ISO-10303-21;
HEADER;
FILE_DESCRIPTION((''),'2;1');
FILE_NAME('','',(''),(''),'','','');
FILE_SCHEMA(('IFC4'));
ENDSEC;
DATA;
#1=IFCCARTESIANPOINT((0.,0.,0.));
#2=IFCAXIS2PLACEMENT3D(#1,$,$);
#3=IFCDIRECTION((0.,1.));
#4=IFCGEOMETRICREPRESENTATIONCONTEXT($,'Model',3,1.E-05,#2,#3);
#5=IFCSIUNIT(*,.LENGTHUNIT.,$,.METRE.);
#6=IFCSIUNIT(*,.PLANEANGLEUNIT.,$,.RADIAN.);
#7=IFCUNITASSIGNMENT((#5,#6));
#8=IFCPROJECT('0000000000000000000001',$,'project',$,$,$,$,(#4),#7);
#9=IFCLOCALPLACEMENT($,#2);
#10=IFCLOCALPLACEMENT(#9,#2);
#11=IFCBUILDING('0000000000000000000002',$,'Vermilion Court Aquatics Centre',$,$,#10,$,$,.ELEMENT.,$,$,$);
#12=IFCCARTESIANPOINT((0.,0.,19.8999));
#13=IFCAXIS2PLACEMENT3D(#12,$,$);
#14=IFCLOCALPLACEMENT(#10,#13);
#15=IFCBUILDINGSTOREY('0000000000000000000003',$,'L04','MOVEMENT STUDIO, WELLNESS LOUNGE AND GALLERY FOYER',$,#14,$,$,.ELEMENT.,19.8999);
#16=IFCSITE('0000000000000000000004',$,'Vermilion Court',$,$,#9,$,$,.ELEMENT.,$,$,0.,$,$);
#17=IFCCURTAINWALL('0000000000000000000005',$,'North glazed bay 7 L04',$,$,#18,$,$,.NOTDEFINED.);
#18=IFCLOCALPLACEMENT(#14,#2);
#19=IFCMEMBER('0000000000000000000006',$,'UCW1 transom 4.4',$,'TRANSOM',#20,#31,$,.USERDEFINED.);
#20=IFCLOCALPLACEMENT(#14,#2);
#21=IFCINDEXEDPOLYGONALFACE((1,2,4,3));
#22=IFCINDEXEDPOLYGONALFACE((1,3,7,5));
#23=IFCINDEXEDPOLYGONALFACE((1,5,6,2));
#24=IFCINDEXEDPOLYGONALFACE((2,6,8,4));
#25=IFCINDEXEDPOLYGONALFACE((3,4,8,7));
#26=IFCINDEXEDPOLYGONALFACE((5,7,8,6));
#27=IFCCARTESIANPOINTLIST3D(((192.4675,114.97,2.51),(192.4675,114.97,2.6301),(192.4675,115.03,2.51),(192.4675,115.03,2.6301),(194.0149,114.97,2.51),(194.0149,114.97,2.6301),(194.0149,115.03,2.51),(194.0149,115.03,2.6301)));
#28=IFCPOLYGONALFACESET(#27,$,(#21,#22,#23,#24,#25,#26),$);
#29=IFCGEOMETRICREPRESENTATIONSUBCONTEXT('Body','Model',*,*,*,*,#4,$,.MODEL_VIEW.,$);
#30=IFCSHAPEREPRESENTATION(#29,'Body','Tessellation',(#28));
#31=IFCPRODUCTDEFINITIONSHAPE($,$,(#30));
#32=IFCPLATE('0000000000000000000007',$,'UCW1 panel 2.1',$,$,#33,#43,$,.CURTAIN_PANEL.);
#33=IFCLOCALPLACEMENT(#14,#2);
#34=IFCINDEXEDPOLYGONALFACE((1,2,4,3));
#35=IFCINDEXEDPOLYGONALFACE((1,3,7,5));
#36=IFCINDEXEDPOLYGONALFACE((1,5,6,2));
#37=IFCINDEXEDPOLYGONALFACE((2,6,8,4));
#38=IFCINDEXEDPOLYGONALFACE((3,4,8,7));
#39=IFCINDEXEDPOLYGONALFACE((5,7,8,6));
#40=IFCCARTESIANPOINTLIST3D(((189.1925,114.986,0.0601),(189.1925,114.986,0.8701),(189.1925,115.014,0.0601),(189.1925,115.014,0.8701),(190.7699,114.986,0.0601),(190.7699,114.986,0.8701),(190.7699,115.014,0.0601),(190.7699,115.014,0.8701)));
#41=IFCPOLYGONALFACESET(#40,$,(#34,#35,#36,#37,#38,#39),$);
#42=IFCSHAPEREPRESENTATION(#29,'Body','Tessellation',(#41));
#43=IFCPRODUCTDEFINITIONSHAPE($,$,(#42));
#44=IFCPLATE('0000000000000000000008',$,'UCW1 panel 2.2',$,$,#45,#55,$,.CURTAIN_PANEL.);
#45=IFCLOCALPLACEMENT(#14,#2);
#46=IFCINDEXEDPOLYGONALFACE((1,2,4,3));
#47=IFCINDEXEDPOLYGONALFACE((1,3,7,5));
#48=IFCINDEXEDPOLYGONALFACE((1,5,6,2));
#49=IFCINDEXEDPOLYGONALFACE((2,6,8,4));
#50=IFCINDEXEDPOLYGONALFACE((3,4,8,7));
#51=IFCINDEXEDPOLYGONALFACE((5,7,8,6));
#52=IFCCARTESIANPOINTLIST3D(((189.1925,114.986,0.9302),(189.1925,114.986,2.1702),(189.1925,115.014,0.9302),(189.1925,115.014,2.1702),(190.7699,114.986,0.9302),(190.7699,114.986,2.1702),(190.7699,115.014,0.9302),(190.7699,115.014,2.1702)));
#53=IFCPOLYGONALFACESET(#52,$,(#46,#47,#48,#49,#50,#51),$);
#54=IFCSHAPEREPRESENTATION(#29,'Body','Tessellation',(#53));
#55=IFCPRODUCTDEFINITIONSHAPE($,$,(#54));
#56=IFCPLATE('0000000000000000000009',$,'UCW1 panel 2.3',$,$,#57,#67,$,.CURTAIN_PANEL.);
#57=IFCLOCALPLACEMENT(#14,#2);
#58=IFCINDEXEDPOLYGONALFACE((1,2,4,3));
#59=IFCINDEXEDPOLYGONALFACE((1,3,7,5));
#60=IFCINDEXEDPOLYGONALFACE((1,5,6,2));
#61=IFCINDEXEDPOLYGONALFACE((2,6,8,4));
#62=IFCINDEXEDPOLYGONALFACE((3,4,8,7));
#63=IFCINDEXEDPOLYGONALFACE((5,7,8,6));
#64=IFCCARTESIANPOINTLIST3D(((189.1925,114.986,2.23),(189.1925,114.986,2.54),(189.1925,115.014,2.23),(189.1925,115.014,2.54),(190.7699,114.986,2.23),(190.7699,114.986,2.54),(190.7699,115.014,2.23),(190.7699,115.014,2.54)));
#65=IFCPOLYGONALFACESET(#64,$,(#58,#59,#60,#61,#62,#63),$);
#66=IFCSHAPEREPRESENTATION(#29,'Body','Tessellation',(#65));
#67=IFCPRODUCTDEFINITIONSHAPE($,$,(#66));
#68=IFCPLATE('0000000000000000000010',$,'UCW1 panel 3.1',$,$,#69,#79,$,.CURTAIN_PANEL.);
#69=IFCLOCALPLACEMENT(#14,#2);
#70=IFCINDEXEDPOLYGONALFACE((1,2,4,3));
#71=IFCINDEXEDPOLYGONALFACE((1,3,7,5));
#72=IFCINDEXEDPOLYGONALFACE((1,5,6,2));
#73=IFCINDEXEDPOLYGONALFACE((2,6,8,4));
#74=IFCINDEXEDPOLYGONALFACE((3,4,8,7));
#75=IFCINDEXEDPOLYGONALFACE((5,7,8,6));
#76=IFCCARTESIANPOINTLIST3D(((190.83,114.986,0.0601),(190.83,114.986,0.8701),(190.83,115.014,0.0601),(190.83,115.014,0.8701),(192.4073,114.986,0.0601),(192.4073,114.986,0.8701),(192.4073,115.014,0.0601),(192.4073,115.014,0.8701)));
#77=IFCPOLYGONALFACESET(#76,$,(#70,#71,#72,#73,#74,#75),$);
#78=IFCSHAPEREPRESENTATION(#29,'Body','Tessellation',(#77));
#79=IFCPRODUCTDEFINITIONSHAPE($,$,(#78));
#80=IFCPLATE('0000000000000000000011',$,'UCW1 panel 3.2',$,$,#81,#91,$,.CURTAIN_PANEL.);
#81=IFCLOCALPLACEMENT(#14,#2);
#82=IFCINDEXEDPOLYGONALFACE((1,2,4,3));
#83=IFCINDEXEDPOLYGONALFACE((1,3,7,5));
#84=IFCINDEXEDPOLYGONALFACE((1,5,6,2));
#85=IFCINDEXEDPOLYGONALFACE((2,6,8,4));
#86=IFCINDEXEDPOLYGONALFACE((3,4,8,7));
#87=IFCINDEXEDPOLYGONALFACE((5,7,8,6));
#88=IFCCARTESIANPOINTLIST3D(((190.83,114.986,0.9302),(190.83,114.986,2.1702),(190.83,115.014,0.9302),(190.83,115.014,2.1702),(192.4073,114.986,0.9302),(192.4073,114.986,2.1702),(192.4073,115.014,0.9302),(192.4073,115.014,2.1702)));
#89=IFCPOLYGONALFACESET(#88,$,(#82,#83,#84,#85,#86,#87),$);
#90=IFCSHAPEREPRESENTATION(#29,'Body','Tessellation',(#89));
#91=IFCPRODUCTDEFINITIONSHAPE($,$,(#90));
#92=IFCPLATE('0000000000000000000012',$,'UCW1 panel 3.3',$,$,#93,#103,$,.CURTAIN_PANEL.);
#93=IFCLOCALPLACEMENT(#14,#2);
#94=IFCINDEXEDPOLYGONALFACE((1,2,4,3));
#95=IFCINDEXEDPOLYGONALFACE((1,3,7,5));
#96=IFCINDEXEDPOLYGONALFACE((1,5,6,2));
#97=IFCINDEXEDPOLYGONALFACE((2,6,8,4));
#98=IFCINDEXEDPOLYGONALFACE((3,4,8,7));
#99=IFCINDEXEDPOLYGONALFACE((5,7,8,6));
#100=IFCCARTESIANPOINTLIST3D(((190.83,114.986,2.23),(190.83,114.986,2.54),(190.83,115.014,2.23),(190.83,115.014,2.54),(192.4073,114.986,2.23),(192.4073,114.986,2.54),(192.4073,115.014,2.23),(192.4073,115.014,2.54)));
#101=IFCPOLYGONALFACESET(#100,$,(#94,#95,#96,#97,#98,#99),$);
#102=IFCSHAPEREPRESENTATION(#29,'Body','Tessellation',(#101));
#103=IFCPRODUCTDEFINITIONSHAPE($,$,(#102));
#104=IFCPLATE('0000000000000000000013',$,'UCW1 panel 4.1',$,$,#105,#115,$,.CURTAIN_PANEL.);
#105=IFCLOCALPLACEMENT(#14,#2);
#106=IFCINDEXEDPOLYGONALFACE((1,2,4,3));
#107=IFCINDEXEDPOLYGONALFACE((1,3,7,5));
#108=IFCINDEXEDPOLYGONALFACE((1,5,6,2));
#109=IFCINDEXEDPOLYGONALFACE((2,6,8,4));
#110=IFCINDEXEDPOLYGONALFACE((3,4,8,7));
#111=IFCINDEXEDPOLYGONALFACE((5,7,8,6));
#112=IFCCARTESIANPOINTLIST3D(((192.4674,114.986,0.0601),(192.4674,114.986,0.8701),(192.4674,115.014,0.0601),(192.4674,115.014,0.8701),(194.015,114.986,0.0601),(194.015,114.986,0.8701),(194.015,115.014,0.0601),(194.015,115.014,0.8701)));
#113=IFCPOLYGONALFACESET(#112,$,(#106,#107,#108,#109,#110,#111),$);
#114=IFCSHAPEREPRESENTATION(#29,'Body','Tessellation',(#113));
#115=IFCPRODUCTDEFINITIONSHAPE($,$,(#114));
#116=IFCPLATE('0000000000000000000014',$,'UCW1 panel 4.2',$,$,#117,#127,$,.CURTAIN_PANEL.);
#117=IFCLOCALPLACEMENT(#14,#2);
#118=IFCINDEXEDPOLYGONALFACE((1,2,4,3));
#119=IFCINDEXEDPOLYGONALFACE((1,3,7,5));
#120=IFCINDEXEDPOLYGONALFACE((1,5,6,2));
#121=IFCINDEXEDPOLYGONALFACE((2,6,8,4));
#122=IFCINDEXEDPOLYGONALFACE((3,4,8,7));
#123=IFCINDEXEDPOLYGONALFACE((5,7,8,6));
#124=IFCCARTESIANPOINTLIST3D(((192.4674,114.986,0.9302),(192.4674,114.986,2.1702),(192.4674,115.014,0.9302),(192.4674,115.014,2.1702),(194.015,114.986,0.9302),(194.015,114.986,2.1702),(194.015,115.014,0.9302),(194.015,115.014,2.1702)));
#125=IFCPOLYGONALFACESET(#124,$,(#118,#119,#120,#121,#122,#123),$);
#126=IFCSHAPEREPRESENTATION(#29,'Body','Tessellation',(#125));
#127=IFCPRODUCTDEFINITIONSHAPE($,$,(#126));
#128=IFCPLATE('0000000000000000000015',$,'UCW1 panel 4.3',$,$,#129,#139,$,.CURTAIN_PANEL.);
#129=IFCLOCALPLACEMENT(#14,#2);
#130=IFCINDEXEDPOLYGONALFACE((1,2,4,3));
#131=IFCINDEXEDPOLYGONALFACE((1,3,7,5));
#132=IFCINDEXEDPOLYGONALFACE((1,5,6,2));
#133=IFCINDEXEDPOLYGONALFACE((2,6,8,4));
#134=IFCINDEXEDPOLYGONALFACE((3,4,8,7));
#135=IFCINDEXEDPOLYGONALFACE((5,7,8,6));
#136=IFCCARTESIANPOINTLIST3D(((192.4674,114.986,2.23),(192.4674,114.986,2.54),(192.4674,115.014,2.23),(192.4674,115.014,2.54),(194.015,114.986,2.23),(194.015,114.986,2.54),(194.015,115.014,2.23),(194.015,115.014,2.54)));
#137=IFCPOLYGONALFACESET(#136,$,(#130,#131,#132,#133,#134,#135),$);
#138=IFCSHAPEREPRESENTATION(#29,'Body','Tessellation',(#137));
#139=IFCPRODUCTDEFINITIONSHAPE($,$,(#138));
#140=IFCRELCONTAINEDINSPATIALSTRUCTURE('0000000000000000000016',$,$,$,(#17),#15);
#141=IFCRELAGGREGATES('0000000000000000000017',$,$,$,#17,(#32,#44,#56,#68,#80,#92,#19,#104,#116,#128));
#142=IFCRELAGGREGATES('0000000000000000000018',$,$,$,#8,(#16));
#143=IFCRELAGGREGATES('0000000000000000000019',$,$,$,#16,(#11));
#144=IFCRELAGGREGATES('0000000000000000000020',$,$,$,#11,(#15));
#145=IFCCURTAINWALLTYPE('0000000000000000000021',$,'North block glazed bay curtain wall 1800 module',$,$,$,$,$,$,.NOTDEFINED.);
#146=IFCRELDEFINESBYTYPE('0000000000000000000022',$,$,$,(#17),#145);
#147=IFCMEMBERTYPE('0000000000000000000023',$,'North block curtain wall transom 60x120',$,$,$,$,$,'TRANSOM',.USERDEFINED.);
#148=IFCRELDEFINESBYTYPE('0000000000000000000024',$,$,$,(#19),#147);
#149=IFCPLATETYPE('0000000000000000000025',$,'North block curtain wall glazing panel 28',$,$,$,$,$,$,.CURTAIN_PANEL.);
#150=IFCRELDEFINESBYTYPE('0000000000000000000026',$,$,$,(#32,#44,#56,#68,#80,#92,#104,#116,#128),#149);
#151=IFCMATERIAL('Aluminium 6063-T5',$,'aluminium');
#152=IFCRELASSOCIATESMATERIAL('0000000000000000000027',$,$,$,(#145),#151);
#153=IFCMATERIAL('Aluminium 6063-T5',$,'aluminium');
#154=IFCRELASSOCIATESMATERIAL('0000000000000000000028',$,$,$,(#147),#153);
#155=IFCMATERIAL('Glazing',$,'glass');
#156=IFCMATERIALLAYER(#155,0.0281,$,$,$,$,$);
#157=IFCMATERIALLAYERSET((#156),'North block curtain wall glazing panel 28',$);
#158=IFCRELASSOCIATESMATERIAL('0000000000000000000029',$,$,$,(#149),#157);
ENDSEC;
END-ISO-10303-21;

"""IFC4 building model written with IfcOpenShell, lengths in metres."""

from ifc_helpers import new_model, si_unit, direction, frame, origin, origin_2d, place, context, subcontext, project, spatial, rectangle, extrude, material, layer, layer_set, material_profile, profile_set, type_object, element, aggregate, save


model = new_model("IFC4")

# Units and contexts
model_context = context("Model", 3, precision=1e-05, world=origin(), true_north=direction((0.0, 1.0)))
body_context = subcontext(model_context, "Body", "Model", "MODEL_VIEW")
ifc_project = project(units=[si_unit("LENGTHUNIT", "METRE"), si_unit("PLANEANGLEUNIT", "RADIAN")], contexts=[model_context])

# Site, building, storey
site_placement = place(None, origin())
site = spatial("IfcSite", under=ifc_project, at=site_placement, Name="Vermilion Court", CompositionType="ELEMENT", RefElevation=0.0)
building_placement = place(site_placement, origin())
building = spatial("IfcBuilding", under=site, at=building_placement, Name="Vermilion Court Aquatics Centre", CompositionType="ELEMENT")
storey_placement = place(building_placement, frame((0.0, 0.0, 19.8999)))
storey = spatial("IfcBuildingStorey", under=building, at=storey_placement, Name="L04", Description="MOVEMENT STUDIO, WELLNESS LOUNGE AND GALLERY FOYER", CompositionType="ELEMENT", Elevation=19.8999)

# Curtain wall, member, plates
ifc_material_1 = material(Name="Aluminium 6063-T5", Category="aluminium")
curtain_wall_type = type_object("IfcCurtainWallType", Name="North block glazed bay curtain wall 1800 module", PredefinedType="NOTDEFINED", material=ifc_material_1)
curtain_wall_placement = place(storey_placement, origin())
curtain_wall = element("IfcCurtainWall", 1, at=curtain_wall_placement, inside=storey, type_object=curtain_wall_type, Name="North glazed bay 7 L04", PredefinedType="NOTDEFINED")
ifc_material_2 = material(Name="Aluminium 6063-T5", Category="aluminium")
ifc_material_profile_1 = material_profile(ifc_material_2, rectangle(XDim=0.0601, YDim=0.1201, at=origin_2d()), Name="AL 60x120")
ifc_profile_set_1 = profile_set([ifc_material_profile_1], Name="Aluminium 6063-T5")
member_type_1 = type_object("IfcMemberType", Name="North block curtain wall transom 60x120", ElementType="TRANSOM", PredefinedType="USERDEFINED", material=ifc_profile_set_1)
member_1_placement = place(storey_placement, frame((192.4675, 115.0, 2.5701), z_axis=(1.0, 0.0, 0.0), x_axis=(0.0, 1.0, 0.0)))
member_1 = element("IfcMember", 2, at=member_1_placement, type_object=member_type_1, Name="UCW1 transom 4.4", ObjectType="TRANSOM", PredefinedType="USERDEFINED", context=body_context, shape_type="SweptSolid", body=[
    extrude(rectangle(XDim=0.0601, YDim=0.1201, at=origin_2d()), origin(), (0.0, 0.0, 1.0), 1.5474),
])
ifc_material_3 = material(Name="Glazing", Category="glass")
ifc_layer = layer(ifc_material_3, 0.0281)
ifc_layer_set = layer_set([ifc_layer], Name="North block curtain wall glazing panel 28")
plate_type = type_object("IfcPlateType", Name="North block curtain wall glazing panel 28", PredefinedType="CURTAIN_PANEL", material=ifc_layer_set)
plate_1_placement = place(storey_placement, frame((189.9812, 115.0, 0.0601), z_axis=(0.0, 0.0, 1.0), x_axis=(1.0, 0.0, 0.0)))
plate_1 = element("IfcPlate", 3, at=plate_1_placement, type_object=plate_type, Name="UCW1 panel 2.1", PredefinedType="CURTAIN_PANEL", context=body_context, shape_type="SweptSolid", body=[
    extrude(rectangle(XDim=1.5774, YDim=0.0281, at=origin_2d()), origin(), (0.0, 0.0, 1.0), 0.8101),
])
plate_2_placement = place(storey_placement, frame((189.9812, 115.0, 0.9302), z_axis=(0.0, 0.0, 1.0), x_axis=(1.0, 0.0, 0.0)))
plate_2 = element("IfcPlate", 4, at=plate_2_placement, type_object=plate_type, Name="UCW1 panel 2.2", PredefinedType="CURTAIN_PANEL", context=body_context, shape_type="SweptSolid", body=[
    extrude(rectangle(XDim=1.5774, YDim=0.0281, at=origin_2d()), origin(), (0.0, 0.0, 1.0), 1.24),
])
plate_3_placement = place(storey_placement, frame((189.9812, 115.0, 2.23), z_axis=(0.0, 0.0, 1.0), x_axis=(1.0, 0.0, 0.0)))
plate_3 = element("IfcPlate", 5, at=plate_3_placement, type_object=plate_type, Name="UCW1 panel 2.3", PredefinedType="CURTAIN_PANEL", context=body_context, shape_type="SweptSolid", body=[
    extrude(rectangle(XDim=1.5774, YDim=0.0281, at=origin_2d()), origin(), (0.0, 0.0, 1.0), 0.3101),
])
plate_4_placement = place(storey_placement, frame((191.6187, 115.0, 0.0601), z_axis=(0.0, 0.0, 1.0), x_axis=(1.0, 0.0, 0.0)))
plate_4 = element("IfcPlate", 6, at=plate_4_placement, type_object=plate_type, Name="UCW1 panel 3.1", PredefinedType="CURTAIN_PANEL", context=body_context, shape_type="SweptSolid", body=[
    extrude(rectangle(XDim=1.5774, YDim=0.0281, at=origin_2d()), origin(), (0.0, 0.0, 1.0), 0.8101),
])
plate_5_placement = place(storey_placement, frame((191.6187, 115.0, 0.9302), z_axis=(0.0, 0.0, 1.0), x_axis=(1.0, 0.0, 0.0)))
plate_5 = element("IfcPlate", 7, at=plate_5_placement, type_object=plate_type, Name="UCW1 panel 3.2", PredefinedType="CURTAIN_PANEL", context=body_context, shape_type="SweptSolid", body=[
    extrude(rectangle(XDim=1.5774, YDim=0.0281, at=origin_2d()), origin(), (0.0, 0.0, 1.0), 1.24),
])
plate_6_placement = place(storey_placement, frame((191.6187, 115.0, 2.23), z_axis=(0.0, 0.0, 1.0), x_axis=(1.0, 0.0, 0.0)))
plate_6 = element("IfcPlate", 8, at=plate_6_placement, type_object=plate_type, Name="UCW1 panel 3.3", PredefinedType="CURTAIN_PANEL", context=body_context, shape_type="SweptSolid", body=[
    extrude(rectangle(XDim=1.5774, YDim=0.0281, at=origin_2d()), origin(), (0.0, 0.0, 1.0), 0.3101),
])
plate_7_placement = place(storey_placement, frame((193.2412, 115.0, 0.0601), z_axis=(0.0, 0.0, 1.0), x_axis=(1.0, 0.0, 0.0)))
plate_7 = element("IfcPlate", 9, at=plate_7_placement, type_object=plate_type, Name="UCW1 panel 4.1", PredefinedType="CURTAIN_PANEL", context=body_context, shape_type="SweptSolid", body=[
    extrude(rectangle(XDim=1.5476, YDim=0.0281, at=origin_2d()), origin(), (0.0, 0.0, 1.0), 0.8101),
])
plate_8_placement = place(storey_placement, frame((193.2412, 115.0, 0.9302), z_axis=(0.0, 0.0, 1.0), x_axis=(1.0, 0.0, 0.0)))
plate_8 = element("IfcPlate", 10, at=plate_8_placement, type_object=plate_type, Name="UCW1 panel 4.2", PredefinedType="CURTAIN_PANEL", context=body_context, shape_type="SweptSolid", body=[
    extrude(rectangle(XDim=1.5476, YDim=0.0281, at=origin_2d()), origin(), (0.0, 0.0, 1.0), 1.24),
])
plate_9_placement = place(storey_placement, frame((193.2412, 115.0, 2.23), z_axis=(0.0, 0.0, 1.0), x_axis=(1.0, 0.0, 0.0)))
plate_9 = element("IfcPlate", 11, at=plate_9_placement, type_object=plate_type, Name="UCW1 panel 4.3", PredefinedType="CURTAIN_PANEL", context=body_context, shape_type="SweptSolid", body=[
    extrude(rectangle(XDim=1.5476, YDim=0.0281, at=origin_2d()), origin(), (0.0, 0.0, 1.0), 0.3101),
])
aggregate(curtain_wall, [plate_1, plate_2, plate_3, plate_4, plate_5, plate_6, member_1, plate_7, plate_8, plate_9])

save(model, "model.ifc")
